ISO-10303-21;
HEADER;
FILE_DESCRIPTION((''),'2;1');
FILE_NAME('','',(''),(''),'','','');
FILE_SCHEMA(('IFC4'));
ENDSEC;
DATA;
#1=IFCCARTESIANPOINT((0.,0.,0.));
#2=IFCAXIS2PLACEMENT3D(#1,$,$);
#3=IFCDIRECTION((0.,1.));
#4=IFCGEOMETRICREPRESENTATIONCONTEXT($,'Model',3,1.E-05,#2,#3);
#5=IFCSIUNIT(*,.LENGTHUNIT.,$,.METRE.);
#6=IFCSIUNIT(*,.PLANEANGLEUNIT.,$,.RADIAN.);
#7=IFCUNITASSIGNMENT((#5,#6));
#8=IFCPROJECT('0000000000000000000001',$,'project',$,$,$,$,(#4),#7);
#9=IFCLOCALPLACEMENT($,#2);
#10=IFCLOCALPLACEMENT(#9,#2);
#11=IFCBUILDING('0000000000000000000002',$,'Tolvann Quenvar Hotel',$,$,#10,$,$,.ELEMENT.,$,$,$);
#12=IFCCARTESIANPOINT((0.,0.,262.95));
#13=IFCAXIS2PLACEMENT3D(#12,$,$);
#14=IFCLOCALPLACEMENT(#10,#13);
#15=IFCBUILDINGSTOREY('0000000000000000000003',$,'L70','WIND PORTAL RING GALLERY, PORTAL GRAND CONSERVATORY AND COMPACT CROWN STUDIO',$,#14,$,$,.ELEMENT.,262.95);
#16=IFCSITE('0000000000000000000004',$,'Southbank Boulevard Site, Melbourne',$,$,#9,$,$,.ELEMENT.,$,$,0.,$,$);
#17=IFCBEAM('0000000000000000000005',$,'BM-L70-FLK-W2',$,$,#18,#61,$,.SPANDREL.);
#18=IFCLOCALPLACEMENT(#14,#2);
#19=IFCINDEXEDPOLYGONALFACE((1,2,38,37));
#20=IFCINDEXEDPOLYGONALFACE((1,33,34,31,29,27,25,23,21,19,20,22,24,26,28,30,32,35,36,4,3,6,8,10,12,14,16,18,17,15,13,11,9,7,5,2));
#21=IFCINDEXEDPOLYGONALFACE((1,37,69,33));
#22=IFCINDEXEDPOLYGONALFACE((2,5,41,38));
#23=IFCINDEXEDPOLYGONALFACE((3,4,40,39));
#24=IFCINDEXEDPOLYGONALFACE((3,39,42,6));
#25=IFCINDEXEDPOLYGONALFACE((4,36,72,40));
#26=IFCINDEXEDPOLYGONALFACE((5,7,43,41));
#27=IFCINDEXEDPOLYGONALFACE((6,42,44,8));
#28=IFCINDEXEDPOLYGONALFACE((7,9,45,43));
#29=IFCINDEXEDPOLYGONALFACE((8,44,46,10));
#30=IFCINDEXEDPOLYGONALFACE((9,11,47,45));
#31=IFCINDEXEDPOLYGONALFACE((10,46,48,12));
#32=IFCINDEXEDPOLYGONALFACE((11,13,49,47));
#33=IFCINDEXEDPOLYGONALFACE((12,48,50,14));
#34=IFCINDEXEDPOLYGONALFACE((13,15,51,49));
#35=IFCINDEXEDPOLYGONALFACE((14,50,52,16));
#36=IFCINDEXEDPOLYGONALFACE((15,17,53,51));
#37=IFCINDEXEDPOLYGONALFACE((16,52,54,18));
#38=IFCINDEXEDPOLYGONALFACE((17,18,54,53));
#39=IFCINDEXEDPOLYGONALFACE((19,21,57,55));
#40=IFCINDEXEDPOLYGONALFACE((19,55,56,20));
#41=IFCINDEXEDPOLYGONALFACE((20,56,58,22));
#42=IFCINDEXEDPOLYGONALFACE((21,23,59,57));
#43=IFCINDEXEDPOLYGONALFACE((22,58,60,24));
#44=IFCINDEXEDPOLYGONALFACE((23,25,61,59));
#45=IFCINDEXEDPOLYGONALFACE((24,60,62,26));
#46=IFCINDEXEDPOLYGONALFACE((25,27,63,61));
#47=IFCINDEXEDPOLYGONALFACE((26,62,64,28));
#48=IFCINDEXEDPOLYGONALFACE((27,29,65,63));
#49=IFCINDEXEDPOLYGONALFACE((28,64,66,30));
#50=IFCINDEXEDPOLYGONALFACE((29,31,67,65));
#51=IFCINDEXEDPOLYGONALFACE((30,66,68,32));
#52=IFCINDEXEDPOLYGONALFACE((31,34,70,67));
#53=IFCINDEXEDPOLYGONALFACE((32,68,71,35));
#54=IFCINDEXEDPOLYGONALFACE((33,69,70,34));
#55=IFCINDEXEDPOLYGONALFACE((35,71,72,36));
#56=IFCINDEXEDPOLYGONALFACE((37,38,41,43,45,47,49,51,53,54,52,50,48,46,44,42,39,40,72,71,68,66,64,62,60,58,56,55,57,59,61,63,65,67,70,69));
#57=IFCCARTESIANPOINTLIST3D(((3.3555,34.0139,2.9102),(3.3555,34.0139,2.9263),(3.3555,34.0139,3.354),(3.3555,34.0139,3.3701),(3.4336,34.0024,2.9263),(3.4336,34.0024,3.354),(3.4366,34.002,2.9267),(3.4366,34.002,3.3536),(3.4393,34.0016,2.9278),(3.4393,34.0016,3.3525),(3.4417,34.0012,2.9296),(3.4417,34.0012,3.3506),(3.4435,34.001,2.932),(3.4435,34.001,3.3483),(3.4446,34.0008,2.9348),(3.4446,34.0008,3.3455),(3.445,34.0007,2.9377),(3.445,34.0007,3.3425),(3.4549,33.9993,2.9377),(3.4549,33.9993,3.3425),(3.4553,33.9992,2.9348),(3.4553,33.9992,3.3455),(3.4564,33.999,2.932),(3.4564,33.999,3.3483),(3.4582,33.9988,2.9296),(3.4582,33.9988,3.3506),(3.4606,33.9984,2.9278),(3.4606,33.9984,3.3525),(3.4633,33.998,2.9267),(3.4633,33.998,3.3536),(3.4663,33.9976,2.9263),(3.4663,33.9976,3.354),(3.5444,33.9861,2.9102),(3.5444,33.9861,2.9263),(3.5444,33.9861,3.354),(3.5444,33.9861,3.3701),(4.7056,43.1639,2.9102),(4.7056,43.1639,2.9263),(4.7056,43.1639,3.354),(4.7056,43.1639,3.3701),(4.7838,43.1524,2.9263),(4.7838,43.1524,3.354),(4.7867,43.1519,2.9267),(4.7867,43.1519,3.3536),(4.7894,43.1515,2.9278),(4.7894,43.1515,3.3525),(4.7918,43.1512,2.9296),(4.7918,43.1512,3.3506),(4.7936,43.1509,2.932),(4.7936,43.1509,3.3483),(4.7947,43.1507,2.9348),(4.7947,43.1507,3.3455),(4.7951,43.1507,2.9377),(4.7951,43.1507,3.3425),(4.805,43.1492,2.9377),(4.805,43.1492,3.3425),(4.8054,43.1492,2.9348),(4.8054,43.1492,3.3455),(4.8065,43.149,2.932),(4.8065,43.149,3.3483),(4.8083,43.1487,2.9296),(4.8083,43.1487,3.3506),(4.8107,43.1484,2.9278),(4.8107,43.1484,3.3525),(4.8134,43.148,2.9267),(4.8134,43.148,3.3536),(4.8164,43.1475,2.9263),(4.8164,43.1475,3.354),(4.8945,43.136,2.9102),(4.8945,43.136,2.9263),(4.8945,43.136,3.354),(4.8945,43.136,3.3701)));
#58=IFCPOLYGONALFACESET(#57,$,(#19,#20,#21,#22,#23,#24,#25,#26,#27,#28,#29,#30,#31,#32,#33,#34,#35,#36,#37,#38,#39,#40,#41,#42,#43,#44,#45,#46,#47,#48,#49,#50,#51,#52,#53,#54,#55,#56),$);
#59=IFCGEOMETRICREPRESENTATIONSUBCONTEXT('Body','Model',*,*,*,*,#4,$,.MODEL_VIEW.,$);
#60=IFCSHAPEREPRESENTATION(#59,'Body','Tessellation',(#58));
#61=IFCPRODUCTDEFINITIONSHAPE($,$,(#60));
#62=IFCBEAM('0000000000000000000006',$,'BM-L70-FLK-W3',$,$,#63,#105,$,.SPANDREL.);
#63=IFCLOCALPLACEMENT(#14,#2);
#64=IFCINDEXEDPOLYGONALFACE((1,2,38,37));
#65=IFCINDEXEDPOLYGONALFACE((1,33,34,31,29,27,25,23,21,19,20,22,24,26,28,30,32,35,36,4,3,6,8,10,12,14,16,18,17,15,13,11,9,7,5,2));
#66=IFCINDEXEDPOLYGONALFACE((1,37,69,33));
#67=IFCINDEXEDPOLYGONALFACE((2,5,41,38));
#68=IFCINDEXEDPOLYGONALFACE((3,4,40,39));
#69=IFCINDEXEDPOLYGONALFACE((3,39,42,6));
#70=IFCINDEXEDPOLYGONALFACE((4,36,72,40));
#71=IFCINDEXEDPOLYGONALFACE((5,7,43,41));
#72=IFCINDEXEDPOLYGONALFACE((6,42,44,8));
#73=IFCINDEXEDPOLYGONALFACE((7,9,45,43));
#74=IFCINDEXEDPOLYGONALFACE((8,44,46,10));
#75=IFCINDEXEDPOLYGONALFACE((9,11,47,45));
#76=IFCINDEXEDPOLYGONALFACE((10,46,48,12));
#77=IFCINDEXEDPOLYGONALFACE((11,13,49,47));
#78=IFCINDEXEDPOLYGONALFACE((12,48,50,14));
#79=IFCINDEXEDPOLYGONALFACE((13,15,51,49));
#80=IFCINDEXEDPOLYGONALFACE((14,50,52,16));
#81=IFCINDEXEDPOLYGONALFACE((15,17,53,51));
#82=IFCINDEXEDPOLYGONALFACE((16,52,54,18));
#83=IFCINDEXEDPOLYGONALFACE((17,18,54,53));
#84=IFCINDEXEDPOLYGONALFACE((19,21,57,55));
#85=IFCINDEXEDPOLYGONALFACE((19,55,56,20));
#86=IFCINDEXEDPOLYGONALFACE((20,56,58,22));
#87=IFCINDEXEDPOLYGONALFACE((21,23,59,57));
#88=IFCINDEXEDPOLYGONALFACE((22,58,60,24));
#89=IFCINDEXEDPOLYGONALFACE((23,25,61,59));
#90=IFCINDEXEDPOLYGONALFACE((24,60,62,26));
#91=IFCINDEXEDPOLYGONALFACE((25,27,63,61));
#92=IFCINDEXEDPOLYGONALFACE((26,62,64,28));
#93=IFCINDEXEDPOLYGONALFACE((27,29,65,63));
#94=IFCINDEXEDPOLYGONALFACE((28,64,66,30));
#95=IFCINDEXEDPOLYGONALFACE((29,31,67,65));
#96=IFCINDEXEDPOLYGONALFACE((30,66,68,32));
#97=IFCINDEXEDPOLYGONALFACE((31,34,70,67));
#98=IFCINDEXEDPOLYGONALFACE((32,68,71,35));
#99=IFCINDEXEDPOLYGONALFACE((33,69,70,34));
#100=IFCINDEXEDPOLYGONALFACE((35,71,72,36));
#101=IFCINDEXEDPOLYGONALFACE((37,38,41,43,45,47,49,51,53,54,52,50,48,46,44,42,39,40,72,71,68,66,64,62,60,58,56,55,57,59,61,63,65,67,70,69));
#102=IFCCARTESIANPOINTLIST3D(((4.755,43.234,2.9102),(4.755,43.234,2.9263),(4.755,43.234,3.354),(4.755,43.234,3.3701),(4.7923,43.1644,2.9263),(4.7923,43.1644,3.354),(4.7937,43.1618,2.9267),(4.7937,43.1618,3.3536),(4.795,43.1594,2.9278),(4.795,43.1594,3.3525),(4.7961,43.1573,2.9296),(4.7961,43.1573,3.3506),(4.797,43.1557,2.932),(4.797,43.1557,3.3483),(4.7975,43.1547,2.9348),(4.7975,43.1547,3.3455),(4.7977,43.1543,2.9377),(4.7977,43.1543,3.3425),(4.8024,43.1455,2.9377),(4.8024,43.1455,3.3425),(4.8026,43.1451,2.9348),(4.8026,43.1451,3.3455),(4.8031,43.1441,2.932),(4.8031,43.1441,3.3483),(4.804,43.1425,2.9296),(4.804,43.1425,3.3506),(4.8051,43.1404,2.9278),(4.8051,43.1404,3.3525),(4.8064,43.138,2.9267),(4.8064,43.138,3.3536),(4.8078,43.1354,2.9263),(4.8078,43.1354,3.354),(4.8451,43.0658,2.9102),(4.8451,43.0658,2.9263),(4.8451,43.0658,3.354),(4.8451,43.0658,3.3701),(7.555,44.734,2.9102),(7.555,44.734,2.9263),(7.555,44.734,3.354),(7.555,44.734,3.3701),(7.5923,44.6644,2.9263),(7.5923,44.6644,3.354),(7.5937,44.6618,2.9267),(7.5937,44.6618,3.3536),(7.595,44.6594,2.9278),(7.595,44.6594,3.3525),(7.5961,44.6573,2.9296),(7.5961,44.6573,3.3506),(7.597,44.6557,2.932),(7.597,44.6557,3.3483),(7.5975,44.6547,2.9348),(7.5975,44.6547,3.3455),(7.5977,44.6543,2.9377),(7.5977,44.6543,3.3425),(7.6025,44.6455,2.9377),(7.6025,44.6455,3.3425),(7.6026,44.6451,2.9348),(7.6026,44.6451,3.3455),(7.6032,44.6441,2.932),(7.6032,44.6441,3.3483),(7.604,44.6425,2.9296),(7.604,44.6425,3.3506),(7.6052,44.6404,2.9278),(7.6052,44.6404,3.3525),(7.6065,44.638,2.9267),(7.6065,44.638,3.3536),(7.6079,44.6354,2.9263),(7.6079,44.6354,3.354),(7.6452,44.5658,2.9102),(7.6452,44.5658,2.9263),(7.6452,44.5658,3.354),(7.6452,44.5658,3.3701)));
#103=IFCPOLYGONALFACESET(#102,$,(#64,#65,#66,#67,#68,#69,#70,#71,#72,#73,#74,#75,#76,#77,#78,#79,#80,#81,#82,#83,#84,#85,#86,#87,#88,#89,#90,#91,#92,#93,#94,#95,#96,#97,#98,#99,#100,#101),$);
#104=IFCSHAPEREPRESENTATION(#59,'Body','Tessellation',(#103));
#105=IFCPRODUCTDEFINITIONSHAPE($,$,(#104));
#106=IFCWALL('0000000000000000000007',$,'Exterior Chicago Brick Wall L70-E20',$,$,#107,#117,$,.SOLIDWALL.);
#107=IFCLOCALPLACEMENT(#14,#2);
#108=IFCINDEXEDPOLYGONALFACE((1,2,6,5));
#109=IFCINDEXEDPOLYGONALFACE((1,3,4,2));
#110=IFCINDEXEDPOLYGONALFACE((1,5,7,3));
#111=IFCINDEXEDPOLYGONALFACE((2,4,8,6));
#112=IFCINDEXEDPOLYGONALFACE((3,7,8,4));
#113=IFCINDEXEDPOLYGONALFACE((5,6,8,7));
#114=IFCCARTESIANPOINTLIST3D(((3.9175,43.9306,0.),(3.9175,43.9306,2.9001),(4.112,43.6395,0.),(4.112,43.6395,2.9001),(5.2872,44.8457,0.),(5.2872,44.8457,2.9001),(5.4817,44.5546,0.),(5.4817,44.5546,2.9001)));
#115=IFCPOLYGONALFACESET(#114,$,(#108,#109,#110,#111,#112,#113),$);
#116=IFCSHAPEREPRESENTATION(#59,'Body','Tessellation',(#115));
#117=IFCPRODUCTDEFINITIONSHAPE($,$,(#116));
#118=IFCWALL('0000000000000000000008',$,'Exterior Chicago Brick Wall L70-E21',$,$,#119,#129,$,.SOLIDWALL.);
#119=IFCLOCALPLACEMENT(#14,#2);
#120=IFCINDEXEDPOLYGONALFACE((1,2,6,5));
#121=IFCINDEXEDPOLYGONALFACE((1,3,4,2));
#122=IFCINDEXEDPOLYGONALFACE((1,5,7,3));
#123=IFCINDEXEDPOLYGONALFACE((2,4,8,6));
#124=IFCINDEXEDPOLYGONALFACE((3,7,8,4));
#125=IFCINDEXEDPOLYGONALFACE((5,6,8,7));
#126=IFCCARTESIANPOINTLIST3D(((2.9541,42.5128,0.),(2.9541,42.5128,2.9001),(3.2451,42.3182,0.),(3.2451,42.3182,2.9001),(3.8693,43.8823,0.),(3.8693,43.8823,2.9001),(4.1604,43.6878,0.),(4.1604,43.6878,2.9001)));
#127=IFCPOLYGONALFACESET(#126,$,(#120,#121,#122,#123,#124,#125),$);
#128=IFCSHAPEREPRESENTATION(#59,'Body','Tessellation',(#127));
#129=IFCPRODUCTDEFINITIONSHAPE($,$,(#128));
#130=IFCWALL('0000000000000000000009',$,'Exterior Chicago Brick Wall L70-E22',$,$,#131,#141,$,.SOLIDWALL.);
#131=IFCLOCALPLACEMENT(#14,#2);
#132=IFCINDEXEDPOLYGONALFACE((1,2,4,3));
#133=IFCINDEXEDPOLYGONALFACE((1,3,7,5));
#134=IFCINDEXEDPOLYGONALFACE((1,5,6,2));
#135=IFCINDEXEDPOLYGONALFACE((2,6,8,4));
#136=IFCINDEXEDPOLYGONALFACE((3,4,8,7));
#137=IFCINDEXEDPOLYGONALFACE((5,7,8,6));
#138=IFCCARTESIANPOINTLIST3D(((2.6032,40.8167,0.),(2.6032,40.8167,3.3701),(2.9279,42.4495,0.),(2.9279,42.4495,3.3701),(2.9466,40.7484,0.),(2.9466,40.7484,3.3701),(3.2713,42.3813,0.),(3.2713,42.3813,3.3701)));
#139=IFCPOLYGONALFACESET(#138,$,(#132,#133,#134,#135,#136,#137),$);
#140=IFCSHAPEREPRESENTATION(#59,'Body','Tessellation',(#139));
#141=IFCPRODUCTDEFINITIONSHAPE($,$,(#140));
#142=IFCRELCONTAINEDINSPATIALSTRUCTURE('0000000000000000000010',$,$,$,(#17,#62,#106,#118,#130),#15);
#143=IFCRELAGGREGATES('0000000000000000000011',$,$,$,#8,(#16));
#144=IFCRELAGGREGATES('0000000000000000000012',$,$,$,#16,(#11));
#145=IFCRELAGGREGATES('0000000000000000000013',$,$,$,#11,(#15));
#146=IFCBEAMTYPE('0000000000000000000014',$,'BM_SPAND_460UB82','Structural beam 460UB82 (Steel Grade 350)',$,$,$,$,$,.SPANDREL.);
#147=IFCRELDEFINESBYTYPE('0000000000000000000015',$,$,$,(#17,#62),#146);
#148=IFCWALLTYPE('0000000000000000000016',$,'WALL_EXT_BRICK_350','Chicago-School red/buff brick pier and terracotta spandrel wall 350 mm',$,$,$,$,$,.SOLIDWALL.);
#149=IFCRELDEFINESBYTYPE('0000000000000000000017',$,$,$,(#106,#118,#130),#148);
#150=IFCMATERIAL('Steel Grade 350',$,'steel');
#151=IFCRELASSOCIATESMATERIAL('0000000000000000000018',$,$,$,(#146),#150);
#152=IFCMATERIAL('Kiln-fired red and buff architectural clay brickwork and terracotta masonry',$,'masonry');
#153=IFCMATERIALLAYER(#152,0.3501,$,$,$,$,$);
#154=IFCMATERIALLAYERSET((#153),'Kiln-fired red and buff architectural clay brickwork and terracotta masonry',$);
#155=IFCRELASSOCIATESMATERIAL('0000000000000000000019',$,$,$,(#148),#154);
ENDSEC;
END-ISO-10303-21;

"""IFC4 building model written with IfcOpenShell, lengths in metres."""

from ifc_helpers import new_model, si_unit, direction, frame, frame_2d, origin, origin_2d, place, context, subcontext, project, spatial, rectangle, i_section, extrude, source, transform, mapped, material, layer, layer_set, material_profile, profile_set, type_object, type_shapes, element, save


model = new_model("IFC4")

# Units and contexts
model_context = context("Model", 3, precision=1e-05, world=origin(), true_north=direction((0.0, 1.0)))
body_context = subcontext(model_context, "Body", "Model", "MODEL_VIEW")
ifc_project = project(units=[si_unit("LENGTHUNIT", "METRE"), si_unit("PLANEANGLEUNIT", "RADIAN")], contexts=[model_context])

# Site, building, storey
site_placement = place(None, origin())
site = spatial("IfcSite", under=ifc_project, at=site_placement, Name="Southbank Boulevard Site, Melbourne", CompositionType="ELEMENT", RefElevation=0.0)
building_placement = place(site_placement, origin())
building = spatial("IfcBuilding", under=site, at=building_placement, Name="Tolvann Quenvar Hotel", CompositionType="ELEMENT")
storey_placement = place(building_placement, frame((0.0, 0.0, 262.95)))
storey = spatial("IfcBuildingStorey", under=building, at=storey_placement, Name="L70", Description="WIND PORTAL RING GALLERY, PORTAL GRAND CONSERVATORY AND COMPACT CROWN STUDIO", CompositionType="ELEMENT", Elevation=262.95)

# Shared definitions
ifc_material_1 = material(Name="Steel Grade 350", Category="steel")

# Beams
ifc_material_profile_1 = material_profile(ifc_material_1, i_section(OverallWidth=0.1909, OverallDepth=0.46, WebThickness=0.01, FlangeThickness=0.0161, FilletRadius=0.0115, at=origin_2d()), Name="460UB82")
ifc_profile_set_1 = profile_set([ifc_material_profile_1], Name="Steel Grade 350")
beam_type_1 = type_object("IfcBeamType", Name="BM_SPAND_460UB82", Description="Structural beam 460UB82 (Steel Grade 350)", PredefinedType="SPANDREL", material=ifc_profile_set_1)
shared_shape_1 = source(origin(), body_context, "Body", "SweptSolid", [
    extrude(i_section(OverallWidth=0.1909, OverallDepth=0.46, WebThickness=0.01, FlangeThickness=0.0161, FilletRadius=0.0115, at=origin_2d()), origin(), (0.0, 0.0, 1.0), 9.249),
])
beam_1_placement = place(storey_placement, frame((3.45, 34.0, 3.1401), z_axis=(0.145973, 0.989289, 0.0), x_axis=(-0.989289, 0.145973, 0.0)))
element("IfcBeam", 1, at=beam_1_placement, inside=storey, type_object=beam_type_1, Name="BM-L70-FLK-W2", PredefinedType="SPANDREL", context=body_context, shape_type="MappedRepresentation", body=[
    mapped(shared_shape_1, transform((0.0, 0.0, 0.0), x_axis=(1.0, 0.0, 0.0), y_axis=(0.0, 1.0, 0.0), z_axis=(0.0, 0.0, 1.0), scale=1.0)),
])
shared_shape_2 = source(origin(), body_context, "Body", "SweptSolid", [
    extrude(i_section(OverallWidth=0.1909, OverallDepth=0.46, WebThickness=0.01, FlangeThickness=0.0161, FilletRadius=0.0115, at=origin_2d()), origin(), (0.0, 0.0, 1.0), 3.1765),
])
type_shapes(beam_type_1, [shared_shape_1, shared_shape_2])
beam_2_placement = place(storey_placement, frame((4.8, 43.1499, 3.1401), z_axis=(0.881483, 0.472215, 0.0), x_axis=(-0.472215, 0.881483, 0.0)))
element("IfcBeam", 2, at=beam_2_placement, inside=storey, type_object=beam_type_1, Name="BM-L70-FLK-W3", PredefinedType="SPANDREL", context=body_context, shape_type="MappedRepresentation", body=[
    mapped(shared_shape_2, transform((0.0, 0.0, 0.0), x_axis=(1.0, 0.0, 0.0), y_axis=(0.0, 1.0, 0.0), z_axis=(0.0, 0.0, 1.0), scale=1.0)),
])

# Walls
ifc_material_2 = material(Name="Kiln-fired red and buff architectural clay brickwork and terracotta masonry", Category="masonry")
ifc_layer_1 = layer(ifc_material_2, 0.3501)
ifc_layer_set_1 = layer_set([ifc_layer_1], Name="Kiln-fired red and buff architectural clay brickwork and terracotta masonry")
wall_type_1 = type_object("IfcWallType", Name="WALL_EXT_BRICK_350", Description="Chicago-School red/buff brick pier and terracotta spandrel wall 350 mm", PredefinedType="SOLIDWALL", material=ifc_layer_set_1)
for number, where, z_axis, x_axis, name in (
    (3, (5.3845, 44.7002, 0.0), (0.0, 0.0, 1.0), (-0.831503, -0.555521, 0.0), "Exterior Chicago Brick Wall L70-E20"),
    (4, (4.0149, 43.7852, 0.0), (0.0, 0.0, 1.0), (-0.555623, -0.831434, 0.0), "Exterior Chicago Brick Wall L70-E21"),
):
    element("IfcWall", number, at=place(storey_placement, frame(where, z_axis=z_axis, x_axis=x_axis)), inside=storey, type_object=wall_type_1, Name=name, PredefinedType="SOLIDWALL", context=body_context, shape_type="SweptSolid", body=[
        extrude(rectangle(XDim=1.6472, YDim=0.3501, at=frame_2d((0.8237, 0.0))), origin(), (0.0, 0.0, 1.0), 2.9001),
    ])
wall_1_placement = place(storey_placement, frame((3.0996, 42.4155, 0.0), z_axis=(0.0, 0.0, 1.0), x_axis=(-0.195044, -0.980794, 0.0)))
element("IfcWall", 5, at=wall_1_placement, inside=storey, type_object=wall_type_1, Name="Exterior Chicago Brick Wall L70-E22", PredefinedType="SOLIDWALL", context=body_context, shape_type="SweptSolid", body=[
    extrude(rectangle(XDim=1.6648, YDim=0.3501, at=frame_2d((0.8325, 0.0))), origin(), (0.0, 0.0, 1.0), 3.3701),
])

save(model, "model.ifc")
